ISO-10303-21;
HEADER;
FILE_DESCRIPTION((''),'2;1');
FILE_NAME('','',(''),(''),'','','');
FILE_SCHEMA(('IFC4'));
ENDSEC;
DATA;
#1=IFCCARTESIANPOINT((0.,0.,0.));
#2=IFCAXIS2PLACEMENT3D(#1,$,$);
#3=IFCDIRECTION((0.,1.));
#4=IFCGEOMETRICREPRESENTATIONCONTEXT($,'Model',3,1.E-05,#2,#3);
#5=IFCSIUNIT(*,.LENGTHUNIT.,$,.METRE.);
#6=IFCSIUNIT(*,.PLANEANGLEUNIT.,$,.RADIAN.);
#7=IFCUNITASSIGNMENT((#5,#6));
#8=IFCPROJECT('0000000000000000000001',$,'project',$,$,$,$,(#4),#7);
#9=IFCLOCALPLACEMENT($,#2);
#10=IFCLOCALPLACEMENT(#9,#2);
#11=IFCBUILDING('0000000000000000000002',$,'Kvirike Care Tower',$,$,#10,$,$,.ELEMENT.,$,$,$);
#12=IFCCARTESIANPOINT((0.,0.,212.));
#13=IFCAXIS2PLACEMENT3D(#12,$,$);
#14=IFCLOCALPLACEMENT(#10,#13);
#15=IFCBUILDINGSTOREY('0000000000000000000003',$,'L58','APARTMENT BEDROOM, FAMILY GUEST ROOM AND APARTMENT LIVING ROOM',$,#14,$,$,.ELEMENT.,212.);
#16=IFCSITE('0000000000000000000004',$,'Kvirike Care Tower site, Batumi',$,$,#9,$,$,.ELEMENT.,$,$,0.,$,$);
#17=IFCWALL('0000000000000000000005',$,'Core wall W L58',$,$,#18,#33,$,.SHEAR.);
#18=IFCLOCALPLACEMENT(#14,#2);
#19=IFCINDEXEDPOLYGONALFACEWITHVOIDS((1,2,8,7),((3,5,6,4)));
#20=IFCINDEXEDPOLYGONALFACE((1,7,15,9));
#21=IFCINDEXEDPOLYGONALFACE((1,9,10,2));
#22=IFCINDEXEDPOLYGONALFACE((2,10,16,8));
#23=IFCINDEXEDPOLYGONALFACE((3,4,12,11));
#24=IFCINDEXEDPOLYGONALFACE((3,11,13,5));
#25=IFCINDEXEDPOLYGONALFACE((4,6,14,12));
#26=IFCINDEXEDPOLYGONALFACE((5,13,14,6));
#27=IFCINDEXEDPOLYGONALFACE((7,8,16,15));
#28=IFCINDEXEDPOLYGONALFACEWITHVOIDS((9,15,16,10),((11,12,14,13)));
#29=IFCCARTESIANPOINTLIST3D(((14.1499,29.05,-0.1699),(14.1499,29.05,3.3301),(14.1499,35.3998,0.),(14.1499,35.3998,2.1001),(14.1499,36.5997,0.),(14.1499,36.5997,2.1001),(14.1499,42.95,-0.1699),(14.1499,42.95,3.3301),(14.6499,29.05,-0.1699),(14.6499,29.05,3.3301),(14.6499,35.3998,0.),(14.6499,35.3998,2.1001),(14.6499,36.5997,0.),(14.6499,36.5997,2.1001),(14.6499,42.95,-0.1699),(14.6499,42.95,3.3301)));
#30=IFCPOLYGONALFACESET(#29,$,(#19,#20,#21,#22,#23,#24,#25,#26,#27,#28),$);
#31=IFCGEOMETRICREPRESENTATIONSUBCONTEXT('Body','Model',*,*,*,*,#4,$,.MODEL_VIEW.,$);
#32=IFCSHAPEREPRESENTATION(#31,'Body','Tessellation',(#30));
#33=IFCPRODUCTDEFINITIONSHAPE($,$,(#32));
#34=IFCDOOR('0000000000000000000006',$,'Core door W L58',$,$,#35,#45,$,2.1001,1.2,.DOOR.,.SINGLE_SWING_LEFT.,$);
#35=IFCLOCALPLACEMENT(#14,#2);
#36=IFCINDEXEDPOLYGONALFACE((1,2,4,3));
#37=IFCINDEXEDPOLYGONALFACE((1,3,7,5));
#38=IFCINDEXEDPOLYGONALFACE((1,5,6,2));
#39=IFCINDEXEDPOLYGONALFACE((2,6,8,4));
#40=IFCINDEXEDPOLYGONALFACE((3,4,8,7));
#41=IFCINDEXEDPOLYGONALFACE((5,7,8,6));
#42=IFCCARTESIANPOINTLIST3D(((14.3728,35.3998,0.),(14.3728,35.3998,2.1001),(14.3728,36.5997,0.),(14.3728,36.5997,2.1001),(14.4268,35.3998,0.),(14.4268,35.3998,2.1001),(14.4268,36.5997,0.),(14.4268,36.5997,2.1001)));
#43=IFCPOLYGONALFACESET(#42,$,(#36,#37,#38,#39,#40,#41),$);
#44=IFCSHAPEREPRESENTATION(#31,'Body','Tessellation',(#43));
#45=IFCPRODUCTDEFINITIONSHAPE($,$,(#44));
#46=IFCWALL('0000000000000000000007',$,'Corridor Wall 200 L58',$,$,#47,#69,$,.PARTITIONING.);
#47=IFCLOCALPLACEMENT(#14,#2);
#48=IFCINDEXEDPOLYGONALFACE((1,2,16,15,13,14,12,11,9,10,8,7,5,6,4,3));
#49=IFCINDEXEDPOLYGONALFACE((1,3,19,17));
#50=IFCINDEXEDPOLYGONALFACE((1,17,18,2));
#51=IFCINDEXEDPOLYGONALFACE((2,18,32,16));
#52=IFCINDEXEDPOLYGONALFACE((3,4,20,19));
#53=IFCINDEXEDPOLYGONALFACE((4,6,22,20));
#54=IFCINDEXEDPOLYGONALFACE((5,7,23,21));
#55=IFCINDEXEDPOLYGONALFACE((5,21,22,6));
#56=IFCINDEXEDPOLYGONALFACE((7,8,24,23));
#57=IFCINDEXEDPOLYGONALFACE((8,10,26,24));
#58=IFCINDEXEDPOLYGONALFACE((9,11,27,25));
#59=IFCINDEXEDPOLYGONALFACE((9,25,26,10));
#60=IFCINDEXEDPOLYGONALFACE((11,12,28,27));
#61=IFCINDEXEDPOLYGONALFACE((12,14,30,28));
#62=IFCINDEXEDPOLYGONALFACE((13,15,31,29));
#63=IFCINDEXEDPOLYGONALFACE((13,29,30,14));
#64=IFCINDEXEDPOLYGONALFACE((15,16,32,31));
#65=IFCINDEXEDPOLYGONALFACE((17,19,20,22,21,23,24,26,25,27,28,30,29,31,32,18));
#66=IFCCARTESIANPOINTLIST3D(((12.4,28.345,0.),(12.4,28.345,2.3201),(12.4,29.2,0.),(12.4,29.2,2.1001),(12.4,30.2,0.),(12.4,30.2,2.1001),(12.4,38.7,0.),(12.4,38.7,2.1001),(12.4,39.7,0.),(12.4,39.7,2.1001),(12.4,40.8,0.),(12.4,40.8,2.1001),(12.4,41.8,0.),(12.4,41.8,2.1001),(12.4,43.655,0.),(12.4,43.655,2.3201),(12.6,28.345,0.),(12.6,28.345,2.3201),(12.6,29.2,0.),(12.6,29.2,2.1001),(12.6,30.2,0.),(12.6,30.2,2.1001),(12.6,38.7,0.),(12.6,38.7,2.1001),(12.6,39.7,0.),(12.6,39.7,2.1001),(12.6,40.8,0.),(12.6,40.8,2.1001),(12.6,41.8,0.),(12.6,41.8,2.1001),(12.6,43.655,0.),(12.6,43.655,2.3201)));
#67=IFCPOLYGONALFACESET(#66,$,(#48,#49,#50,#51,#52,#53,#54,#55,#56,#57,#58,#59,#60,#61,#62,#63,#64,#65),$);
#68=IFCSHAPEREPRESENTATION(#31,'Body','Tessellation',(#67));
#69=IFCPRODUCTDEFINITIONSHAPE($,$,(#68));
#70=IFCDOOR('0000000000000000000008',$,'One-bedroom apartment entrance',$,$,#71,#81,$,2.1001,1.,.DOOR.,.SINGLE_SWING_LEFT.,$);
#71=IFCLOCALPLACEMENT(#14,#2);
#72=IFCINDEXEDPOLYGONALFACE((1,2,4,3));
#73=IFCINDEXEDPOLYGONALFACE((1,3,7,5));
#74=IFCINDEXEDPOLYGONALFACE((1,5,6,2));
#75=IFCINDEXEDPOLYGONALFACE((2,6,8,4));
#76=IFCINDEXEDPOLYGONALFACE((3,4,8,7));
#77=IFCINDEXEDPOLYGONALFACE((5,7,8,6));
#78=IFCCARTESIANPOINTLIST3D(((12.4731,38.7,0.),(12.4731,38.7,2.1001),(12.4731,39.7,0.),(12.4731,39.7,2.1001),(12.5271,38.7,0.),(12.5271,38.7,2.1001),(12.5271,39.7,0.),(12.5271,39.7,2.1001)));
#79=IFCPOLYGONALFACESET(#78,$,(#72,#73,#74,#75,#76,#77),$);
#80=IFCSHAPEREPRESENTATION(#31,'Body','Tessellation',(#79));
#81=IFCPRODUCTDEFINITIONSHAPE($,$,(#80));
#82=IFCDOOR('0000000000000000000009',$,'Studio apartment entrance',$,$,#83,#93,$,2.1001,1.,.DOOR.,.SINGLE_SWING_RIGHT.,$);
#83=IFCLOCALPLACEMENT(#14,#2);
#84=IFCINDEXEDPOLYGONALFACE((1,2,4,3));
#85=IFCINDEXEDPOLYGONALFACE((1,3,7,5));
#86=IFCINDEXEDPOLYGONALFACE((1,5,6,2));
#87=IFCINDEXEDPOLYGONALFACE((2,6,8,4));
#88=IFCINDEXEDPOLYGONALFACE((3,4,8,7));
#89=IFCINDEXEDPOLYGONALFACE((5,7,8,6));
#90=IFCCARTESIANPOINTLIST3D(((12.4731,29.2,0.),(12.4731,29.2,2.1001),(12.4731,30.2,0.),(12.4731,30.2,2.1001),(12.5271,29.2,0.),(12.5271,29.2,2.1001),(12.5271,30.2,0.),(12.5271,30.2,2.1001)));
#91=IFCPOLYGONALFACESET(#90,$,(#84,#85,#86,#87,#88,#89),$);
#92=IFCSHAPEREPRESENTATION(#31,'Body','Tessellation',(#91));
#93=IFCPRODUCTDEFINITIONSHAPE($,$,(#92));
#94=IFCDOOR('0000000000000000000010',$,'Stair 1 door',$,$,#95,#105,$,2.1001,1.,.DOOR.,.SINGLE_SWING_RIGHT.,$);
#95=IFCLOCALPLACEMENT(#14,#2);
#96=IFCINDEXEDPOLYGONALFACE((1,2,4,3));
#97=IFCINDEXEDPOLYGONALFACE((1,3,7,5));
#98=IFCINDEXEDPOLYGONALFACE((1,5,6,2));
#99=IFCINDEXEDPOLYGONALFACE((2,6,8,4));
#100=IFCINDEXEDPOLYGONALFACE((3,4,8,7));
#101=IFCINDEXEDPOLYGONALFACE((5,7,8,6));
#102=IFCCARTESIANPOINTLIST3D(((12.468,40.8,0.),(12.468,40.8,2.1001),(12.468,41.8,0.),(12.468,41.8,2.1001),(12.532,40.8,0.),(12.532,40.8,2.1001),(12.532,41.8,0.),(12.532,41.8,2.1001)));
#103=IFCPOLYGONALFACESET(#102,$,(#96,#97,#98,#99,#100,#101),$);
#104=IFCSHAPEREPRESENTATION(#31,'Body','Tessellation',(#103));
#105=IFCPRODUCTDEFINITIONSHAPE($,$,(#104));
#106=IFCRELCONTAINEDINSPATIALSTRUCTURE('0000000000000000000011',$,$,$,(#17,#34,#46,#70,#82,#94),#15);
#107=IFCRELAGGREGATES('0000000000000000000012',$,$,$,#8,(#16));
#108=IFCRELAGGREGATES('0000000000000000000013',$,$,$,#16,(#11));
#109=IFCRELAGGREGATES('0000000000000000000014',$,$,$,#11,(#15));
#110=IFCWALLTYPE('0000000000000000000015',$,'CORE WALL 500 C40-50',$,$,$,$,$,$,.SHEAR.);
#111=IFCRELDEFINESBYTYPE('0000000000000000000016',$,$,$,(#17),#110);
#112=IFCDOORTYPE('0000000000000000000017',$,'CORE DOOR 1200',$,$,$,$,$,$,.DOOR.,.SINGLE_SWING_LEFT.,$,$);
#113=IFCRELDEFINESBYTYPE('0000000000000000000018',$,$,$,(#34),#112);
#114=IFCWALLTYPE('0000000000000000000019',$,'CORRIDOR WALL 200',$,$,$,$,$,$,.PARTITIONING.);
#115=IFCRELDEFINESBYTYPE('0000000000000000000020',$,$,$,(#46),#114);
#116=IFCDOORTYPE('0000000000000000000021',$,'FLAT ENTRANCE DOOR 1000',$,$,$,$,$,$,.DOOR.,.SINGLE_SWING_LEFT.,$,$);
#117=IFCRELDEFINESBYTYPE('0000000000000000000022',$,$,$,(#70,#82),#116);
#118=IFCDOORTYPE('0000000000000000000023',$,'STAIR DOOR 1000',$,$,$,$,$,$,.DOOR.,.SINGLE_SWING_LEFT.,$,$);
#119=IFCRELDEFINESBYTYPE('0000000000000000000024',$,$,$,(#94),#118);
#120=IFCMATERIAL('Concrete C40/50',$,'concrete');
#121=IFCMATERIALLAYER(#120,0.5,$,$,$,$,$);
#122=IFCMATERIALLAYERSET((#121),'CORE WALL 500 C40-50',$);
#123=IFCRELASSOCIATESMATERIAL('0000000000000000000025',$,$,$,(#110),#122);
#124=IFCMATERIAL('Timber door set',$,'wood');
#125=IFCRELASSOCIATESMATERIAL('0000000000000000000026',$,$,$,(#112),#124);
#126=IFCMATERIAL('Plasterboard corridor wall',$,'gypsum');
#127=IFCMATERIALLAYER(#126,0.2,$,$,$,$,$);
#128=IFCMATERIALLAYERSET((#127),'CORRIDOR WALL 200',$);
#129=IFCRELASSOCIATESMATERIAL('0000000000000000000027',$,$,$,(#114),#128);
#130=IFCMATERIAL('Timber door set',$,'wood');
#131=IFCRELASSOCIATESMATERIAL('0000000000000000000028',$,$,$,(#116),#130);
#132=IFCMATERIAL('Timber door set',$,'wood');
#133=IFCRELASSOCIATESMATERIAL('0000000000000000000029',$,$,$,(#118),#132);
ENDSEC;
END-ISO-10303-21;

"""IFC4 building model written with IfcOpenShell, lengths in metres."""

from ifc_helpers import new_model, si_unit, direction, frame, frame_2d, origin, place, context, subcontext, project, spatial, rectangle, extrude, material, layer, layer_set, type_object, element, fill, save


model = new_model("IFC4")

# Units and contexts
model_context = context("Model", 3, precision=1e-05, world=origin(), true_north=direction((0.0, 1.0)))
body_context = subcontext(model_context, "Body", "Model", "MODEL_VIEW")
ifc_project = project(units=[si_unit("LENGTHUNIT", "METRE"), si_unit("PLANEANGLEUNIT", "RADIAN")], contexts=[model_context])

# Site, building, storey
site_placement = place(None, origin())
site = spatial("IfcSite", under=ifc_project, at=site_placement, Name="Kvirike Care Tower site, Batumi", CompositionType="ELEMENT", RefElevation=0.0)
building_placement = place(site_placement, origin())
building = spatial("IfcBuilding", under=site, at=building_placement, Name="Kvirike Care Tower", CompositionType="ELEMENT")
storey_placement = place(building_placement, frame((0.0, 0.0, 212.0)))
storey = spatial("IfcBuildingStorey", under=building, at=storey_placement, Name="L58", Description="APARTMENT BEDROOM, FAMILY GUEST ROOM AND APARTMENT LIVING ROOM", CompositionType="ELEMENT", Elevation=212.0)

# Wall, opening, door
ifc_material_1 = material(Name="Concrete C40/50", Category="concrete")
ifc_layer_1 = layer(ifc_material_1, 0.5)
ifc_layer_set_1 = layer_set([ifc_layer_1], Name="CORE WALL 500 C40-50")
wall_type_1 = type_object("IfcWallType", Name="CORE WALL 500 C40-50", PredefinedType="SHEAR", material=ifc_layer_set_1)
wall_1_placement = place(storey_placement, frame((14.3999, 42.95, -0.1699), z_axis=(0.0, 0.0, 1.0), x_axis=(0.0, -1.0, 0.0)))
wall_1 = element("IfcWall", 1, at=wall_1_placement, inside=storey, type_object=wall_type_1, Name="Core wall W L58", PredefinedType="SHEAR", context=body_context, shape_type="SweptSolid", body=[
    extrude(rectangle(XDim=13.8999, YDim=0.5, at=frame_2d((6.95, 0.0))), origin(), (0.0, 0.0, 1.0), 3.5),
])
opening_1_placement = place(wall_1_placement, frame((6.3501, 0.0, 0.1699)))
opening_1 = element("IfcOpeningElement", 2, at=opening_1_placement, cuts=wall_1, PredefinedType="OPENING", context=body_context, shape_type="SweptSolid", body=[
    extrude(rectangle(XDim=1.2, YDim=2.1001, at=frame_2d((0.6001, 1.05))), frame((0.0, 0.2605, 0.0), z_axis=(0.0, -1.0, 0.0), x_axis=(1.0, 0.0, 0.0)), (0.0, 0.0, 1.0), 0.521),
])
ifc_material_2 = material(Name="Timber door set", Category="wood")
door_type_1 = type_object("IfcDoorType", Name="CORE DOOR 1200", OperationType="SINGLE_SWING_LEFT", PredefinedType="DOOR", material=ifc_material_2)
door_1_placement = place(opening_1_placement, origin())
door_1 = element("IfcDoor", 3, at=door_1_placement, inside=storey, type_object=door_type_1, Name="Core door W L58", OperationType="SINGLE_SWING_LEFT", OverallHeight=2.1001, OverallWidth=1.2, PredefinedType="DOOR", context=body_context, shape_type="SweptSolid", body=[
    extrude(rectangle(XDim=1.2, YDim=2.1001, at=frame_2d((0.6001, 1.05))), frame((0.0, 0.0269, 0.0), z_axis=(0.0, -1.0, 0.0), x_axis=(1.0, 0.0, 0.0)), (0.0, 0.0, 1.0), 0.054),
])
fill(opening_1, door_1)

# Wall, openings, doors
ifc_material_3 = material(Name="Plasterboard corridor wall", Category="gypsum")
ifc_layer_2 = layer(ifc_material_3, 0.2)
ifc_layer_set_2 = layer_set([ifc_layer_2], Name="CORRIDOR WALL 200")
wall_type_2 = type_object("IfcWallType", Name="CORRIDOR WALL 200", PredefinedType="PARTITIONING", material=ifc_layer_set_2)
wall_2_placement = place(storey_placement, frame((12.5, 43.655, 0.0), z_axis=(0.0, 0.0, 1.0), x_axis=(0.0, -1.0, 0.0)))
wall_2 = element("IfcWall", 4, at=wall_2_placement, inside=storey, type_object=wall_type_2, Name="Corridor Wall 200 L58", PredefinedType="PARTITIONING", context=body_context, shape_type="SweptSolid", body=[
    extrude(rectangle(XDim=15.3101, YDim=0.2, at=frame_2d((7.655, 0.0))), origin(), (0.0, 0.0, 1.0), 2.3201),
])
opening_2_placement = place(wall_2_placement, frame((1.855, 0.0, 0.0)))
opening_2 = element("IfcOpeningElement", 5, at=opening_2_placement, cuts=wall_2, PredefinedType="OPENING", context=body_context, shape_type="SweptSolid", body=[
    extrude(rectangle(XDim=1.0, YDim=2.1001, at=frame_2d((0.5, 1.05))), frame((0.0, 0.1106, 0.0), z_axis=(0.0, -1.0, 0.0), x_axis=(1.0, 0.0, 0.0)), (0.0, 0.0, 1.0), 0.2209),
])
opening_3_placement = place(wall_2_placement, frame((3.9551, 0.0, 0.0)))
opening_3 = element("IfcOpeningElement", 6, at=opening_3_placement, cuts=wall_2, PredefinedType="OPENING", context=body_context, shape_type="SweptSolid", body=[
    extrude(rectangle(XDim=1.0, YDim=2.1001, at=frame_2d((0.5, 1.05))), frame((0.0, 0.1106, 0.0), z_axis=(0.0, -1.0, 0.0), x_axis=(1.0, 0.0, 0.0)), (0.0, 0.0, 1.0), 0.2209),
])
opening_4_placement = place(wall_2_placement, frame((13.4551, 0.0, 0.0)))
opening_4 = element("IfcOpeningElement", 7, at=opening_4_placement, cuts=wall_2, PredefinedType="OPENING", context=body_context, shape_type="SweptSolid", body=[
    extrude(rectangle(XDim=1.0, YDim=2.1001, at=frame_2d((0.5, 1.05))), frame((0.0, 0.1106, 0.0), z_axis=(0.0, -1.0, 0.0), x_axis=(1.0, 0.0, 0.0)), (0.0, 0.0, 1.0), 0.2209),
])
ifc_material_4 = material(Name="Timber door set", Category="wood")
door_type_2 = type_object("IfcDoorType", Name="FLAT ENTRANCE DOOR 1000", OperationType="SINGLE_SWING_LEFT", PredefinedType="DOOR", material=ifc_material_4)
door_2_placement = place(opening_3_placement, frame((1.0, 0.0, 0.0), z_axis=(0.0, 0.0, 1.0), x_axis=(-1.0, 0.0, 0.0)))
door_2 = element("IfcDoor", 8, at=door_2_placement, inside=storey, type_object=door_type_2, Name="One-bedroom apartment entrance", OperationType="SINGLE_SWING_LEFT", OverallHeight=2.1001, OverallWidth=1.0, PredefinedType="DOOR", context=body_context, shape_type="SweptSolid", body=[
    extrude(rectangle(XDim=1.0, YDim=2.1001, at=frame_2d((0.5, 1.05))), frame((0.0, 0.0269, 0.0), z_axis=(0.0, -1.0, 0.0), x_axis=(1.0, 0.0, 0.0)), (0.0, 0.0, 1.0), 0.054),
])
fill(opening_3, door_2)
door_3_placement = place(opening_4_placement, frame((1.0, 0.0, 0.0), z_axis=(0.0, 0.0, 1.0), x_axis=(-1.0, 0.0, 0.0)))
door_3 = element("IfcDoor", 9, at=door_3_placement, inside=storey, type_object=door_type_2, Name="Studio apartment entrance", OperationType="SINGLE_SWING_RIGHT", OverallHeight=2.1001, OverallWidth=1.0, PredefinedType="DOOR", context=body_context, shape_type="SweptSolid", body=[
    extrude(rectangle(XDim=1.0, YDim=2.1001, at=frame_2d((0.5, 1.05))), frame((0.0, 0.0269, 0.0), z_axis=(0.0, -1.0, 0.0), x_axis=(1.0, 0.0, 0.0)), (0.0, 0.0, 1.0), 0.054),
])
fill(opening_4, door_3)
ifc_material_5 = material(Name="Timber door set", Category="wood")
door_type_3 = type_object("IfcDoorType", Name="STAIR DOOR 1000", OperationType="SINGLE_SWING_LEFT", PredefinedType="DOOR", material=ifc_material_5)
door_4_placement = place(opening_2_placement, frame((1.0, 0.0, 0.0), z_axis=(0.0, 0.0, 1.0), x_axis=(-1.0, 0.0, 0.0)))
door_4 = element("IfcDoor", 10, at=door_4_placement, inside=storey, type_object=door_type_3, Name="Stair 1 door", OperationType="SINGLE_SWING_RIGHT", OverallHeight=2.1001, OverallWidth=1.0, PredefinedType="DOOR", context=body_context, shape_type="SweptSolid", body=[
    extrude(rectangle(XDim=1.0, YDim=2.1001, at=frame_2d((0.5, 1.05))), frame((0.0, 0.032, 0.0), z_axis=(0.0, -1.0, 0.0), x_axis=(1.0, 0.0, 0.0)), (0.0, 0.0, 1.0), 0.064),
])
fill(opening_2, door_4)

save(model, "model.ifc")
